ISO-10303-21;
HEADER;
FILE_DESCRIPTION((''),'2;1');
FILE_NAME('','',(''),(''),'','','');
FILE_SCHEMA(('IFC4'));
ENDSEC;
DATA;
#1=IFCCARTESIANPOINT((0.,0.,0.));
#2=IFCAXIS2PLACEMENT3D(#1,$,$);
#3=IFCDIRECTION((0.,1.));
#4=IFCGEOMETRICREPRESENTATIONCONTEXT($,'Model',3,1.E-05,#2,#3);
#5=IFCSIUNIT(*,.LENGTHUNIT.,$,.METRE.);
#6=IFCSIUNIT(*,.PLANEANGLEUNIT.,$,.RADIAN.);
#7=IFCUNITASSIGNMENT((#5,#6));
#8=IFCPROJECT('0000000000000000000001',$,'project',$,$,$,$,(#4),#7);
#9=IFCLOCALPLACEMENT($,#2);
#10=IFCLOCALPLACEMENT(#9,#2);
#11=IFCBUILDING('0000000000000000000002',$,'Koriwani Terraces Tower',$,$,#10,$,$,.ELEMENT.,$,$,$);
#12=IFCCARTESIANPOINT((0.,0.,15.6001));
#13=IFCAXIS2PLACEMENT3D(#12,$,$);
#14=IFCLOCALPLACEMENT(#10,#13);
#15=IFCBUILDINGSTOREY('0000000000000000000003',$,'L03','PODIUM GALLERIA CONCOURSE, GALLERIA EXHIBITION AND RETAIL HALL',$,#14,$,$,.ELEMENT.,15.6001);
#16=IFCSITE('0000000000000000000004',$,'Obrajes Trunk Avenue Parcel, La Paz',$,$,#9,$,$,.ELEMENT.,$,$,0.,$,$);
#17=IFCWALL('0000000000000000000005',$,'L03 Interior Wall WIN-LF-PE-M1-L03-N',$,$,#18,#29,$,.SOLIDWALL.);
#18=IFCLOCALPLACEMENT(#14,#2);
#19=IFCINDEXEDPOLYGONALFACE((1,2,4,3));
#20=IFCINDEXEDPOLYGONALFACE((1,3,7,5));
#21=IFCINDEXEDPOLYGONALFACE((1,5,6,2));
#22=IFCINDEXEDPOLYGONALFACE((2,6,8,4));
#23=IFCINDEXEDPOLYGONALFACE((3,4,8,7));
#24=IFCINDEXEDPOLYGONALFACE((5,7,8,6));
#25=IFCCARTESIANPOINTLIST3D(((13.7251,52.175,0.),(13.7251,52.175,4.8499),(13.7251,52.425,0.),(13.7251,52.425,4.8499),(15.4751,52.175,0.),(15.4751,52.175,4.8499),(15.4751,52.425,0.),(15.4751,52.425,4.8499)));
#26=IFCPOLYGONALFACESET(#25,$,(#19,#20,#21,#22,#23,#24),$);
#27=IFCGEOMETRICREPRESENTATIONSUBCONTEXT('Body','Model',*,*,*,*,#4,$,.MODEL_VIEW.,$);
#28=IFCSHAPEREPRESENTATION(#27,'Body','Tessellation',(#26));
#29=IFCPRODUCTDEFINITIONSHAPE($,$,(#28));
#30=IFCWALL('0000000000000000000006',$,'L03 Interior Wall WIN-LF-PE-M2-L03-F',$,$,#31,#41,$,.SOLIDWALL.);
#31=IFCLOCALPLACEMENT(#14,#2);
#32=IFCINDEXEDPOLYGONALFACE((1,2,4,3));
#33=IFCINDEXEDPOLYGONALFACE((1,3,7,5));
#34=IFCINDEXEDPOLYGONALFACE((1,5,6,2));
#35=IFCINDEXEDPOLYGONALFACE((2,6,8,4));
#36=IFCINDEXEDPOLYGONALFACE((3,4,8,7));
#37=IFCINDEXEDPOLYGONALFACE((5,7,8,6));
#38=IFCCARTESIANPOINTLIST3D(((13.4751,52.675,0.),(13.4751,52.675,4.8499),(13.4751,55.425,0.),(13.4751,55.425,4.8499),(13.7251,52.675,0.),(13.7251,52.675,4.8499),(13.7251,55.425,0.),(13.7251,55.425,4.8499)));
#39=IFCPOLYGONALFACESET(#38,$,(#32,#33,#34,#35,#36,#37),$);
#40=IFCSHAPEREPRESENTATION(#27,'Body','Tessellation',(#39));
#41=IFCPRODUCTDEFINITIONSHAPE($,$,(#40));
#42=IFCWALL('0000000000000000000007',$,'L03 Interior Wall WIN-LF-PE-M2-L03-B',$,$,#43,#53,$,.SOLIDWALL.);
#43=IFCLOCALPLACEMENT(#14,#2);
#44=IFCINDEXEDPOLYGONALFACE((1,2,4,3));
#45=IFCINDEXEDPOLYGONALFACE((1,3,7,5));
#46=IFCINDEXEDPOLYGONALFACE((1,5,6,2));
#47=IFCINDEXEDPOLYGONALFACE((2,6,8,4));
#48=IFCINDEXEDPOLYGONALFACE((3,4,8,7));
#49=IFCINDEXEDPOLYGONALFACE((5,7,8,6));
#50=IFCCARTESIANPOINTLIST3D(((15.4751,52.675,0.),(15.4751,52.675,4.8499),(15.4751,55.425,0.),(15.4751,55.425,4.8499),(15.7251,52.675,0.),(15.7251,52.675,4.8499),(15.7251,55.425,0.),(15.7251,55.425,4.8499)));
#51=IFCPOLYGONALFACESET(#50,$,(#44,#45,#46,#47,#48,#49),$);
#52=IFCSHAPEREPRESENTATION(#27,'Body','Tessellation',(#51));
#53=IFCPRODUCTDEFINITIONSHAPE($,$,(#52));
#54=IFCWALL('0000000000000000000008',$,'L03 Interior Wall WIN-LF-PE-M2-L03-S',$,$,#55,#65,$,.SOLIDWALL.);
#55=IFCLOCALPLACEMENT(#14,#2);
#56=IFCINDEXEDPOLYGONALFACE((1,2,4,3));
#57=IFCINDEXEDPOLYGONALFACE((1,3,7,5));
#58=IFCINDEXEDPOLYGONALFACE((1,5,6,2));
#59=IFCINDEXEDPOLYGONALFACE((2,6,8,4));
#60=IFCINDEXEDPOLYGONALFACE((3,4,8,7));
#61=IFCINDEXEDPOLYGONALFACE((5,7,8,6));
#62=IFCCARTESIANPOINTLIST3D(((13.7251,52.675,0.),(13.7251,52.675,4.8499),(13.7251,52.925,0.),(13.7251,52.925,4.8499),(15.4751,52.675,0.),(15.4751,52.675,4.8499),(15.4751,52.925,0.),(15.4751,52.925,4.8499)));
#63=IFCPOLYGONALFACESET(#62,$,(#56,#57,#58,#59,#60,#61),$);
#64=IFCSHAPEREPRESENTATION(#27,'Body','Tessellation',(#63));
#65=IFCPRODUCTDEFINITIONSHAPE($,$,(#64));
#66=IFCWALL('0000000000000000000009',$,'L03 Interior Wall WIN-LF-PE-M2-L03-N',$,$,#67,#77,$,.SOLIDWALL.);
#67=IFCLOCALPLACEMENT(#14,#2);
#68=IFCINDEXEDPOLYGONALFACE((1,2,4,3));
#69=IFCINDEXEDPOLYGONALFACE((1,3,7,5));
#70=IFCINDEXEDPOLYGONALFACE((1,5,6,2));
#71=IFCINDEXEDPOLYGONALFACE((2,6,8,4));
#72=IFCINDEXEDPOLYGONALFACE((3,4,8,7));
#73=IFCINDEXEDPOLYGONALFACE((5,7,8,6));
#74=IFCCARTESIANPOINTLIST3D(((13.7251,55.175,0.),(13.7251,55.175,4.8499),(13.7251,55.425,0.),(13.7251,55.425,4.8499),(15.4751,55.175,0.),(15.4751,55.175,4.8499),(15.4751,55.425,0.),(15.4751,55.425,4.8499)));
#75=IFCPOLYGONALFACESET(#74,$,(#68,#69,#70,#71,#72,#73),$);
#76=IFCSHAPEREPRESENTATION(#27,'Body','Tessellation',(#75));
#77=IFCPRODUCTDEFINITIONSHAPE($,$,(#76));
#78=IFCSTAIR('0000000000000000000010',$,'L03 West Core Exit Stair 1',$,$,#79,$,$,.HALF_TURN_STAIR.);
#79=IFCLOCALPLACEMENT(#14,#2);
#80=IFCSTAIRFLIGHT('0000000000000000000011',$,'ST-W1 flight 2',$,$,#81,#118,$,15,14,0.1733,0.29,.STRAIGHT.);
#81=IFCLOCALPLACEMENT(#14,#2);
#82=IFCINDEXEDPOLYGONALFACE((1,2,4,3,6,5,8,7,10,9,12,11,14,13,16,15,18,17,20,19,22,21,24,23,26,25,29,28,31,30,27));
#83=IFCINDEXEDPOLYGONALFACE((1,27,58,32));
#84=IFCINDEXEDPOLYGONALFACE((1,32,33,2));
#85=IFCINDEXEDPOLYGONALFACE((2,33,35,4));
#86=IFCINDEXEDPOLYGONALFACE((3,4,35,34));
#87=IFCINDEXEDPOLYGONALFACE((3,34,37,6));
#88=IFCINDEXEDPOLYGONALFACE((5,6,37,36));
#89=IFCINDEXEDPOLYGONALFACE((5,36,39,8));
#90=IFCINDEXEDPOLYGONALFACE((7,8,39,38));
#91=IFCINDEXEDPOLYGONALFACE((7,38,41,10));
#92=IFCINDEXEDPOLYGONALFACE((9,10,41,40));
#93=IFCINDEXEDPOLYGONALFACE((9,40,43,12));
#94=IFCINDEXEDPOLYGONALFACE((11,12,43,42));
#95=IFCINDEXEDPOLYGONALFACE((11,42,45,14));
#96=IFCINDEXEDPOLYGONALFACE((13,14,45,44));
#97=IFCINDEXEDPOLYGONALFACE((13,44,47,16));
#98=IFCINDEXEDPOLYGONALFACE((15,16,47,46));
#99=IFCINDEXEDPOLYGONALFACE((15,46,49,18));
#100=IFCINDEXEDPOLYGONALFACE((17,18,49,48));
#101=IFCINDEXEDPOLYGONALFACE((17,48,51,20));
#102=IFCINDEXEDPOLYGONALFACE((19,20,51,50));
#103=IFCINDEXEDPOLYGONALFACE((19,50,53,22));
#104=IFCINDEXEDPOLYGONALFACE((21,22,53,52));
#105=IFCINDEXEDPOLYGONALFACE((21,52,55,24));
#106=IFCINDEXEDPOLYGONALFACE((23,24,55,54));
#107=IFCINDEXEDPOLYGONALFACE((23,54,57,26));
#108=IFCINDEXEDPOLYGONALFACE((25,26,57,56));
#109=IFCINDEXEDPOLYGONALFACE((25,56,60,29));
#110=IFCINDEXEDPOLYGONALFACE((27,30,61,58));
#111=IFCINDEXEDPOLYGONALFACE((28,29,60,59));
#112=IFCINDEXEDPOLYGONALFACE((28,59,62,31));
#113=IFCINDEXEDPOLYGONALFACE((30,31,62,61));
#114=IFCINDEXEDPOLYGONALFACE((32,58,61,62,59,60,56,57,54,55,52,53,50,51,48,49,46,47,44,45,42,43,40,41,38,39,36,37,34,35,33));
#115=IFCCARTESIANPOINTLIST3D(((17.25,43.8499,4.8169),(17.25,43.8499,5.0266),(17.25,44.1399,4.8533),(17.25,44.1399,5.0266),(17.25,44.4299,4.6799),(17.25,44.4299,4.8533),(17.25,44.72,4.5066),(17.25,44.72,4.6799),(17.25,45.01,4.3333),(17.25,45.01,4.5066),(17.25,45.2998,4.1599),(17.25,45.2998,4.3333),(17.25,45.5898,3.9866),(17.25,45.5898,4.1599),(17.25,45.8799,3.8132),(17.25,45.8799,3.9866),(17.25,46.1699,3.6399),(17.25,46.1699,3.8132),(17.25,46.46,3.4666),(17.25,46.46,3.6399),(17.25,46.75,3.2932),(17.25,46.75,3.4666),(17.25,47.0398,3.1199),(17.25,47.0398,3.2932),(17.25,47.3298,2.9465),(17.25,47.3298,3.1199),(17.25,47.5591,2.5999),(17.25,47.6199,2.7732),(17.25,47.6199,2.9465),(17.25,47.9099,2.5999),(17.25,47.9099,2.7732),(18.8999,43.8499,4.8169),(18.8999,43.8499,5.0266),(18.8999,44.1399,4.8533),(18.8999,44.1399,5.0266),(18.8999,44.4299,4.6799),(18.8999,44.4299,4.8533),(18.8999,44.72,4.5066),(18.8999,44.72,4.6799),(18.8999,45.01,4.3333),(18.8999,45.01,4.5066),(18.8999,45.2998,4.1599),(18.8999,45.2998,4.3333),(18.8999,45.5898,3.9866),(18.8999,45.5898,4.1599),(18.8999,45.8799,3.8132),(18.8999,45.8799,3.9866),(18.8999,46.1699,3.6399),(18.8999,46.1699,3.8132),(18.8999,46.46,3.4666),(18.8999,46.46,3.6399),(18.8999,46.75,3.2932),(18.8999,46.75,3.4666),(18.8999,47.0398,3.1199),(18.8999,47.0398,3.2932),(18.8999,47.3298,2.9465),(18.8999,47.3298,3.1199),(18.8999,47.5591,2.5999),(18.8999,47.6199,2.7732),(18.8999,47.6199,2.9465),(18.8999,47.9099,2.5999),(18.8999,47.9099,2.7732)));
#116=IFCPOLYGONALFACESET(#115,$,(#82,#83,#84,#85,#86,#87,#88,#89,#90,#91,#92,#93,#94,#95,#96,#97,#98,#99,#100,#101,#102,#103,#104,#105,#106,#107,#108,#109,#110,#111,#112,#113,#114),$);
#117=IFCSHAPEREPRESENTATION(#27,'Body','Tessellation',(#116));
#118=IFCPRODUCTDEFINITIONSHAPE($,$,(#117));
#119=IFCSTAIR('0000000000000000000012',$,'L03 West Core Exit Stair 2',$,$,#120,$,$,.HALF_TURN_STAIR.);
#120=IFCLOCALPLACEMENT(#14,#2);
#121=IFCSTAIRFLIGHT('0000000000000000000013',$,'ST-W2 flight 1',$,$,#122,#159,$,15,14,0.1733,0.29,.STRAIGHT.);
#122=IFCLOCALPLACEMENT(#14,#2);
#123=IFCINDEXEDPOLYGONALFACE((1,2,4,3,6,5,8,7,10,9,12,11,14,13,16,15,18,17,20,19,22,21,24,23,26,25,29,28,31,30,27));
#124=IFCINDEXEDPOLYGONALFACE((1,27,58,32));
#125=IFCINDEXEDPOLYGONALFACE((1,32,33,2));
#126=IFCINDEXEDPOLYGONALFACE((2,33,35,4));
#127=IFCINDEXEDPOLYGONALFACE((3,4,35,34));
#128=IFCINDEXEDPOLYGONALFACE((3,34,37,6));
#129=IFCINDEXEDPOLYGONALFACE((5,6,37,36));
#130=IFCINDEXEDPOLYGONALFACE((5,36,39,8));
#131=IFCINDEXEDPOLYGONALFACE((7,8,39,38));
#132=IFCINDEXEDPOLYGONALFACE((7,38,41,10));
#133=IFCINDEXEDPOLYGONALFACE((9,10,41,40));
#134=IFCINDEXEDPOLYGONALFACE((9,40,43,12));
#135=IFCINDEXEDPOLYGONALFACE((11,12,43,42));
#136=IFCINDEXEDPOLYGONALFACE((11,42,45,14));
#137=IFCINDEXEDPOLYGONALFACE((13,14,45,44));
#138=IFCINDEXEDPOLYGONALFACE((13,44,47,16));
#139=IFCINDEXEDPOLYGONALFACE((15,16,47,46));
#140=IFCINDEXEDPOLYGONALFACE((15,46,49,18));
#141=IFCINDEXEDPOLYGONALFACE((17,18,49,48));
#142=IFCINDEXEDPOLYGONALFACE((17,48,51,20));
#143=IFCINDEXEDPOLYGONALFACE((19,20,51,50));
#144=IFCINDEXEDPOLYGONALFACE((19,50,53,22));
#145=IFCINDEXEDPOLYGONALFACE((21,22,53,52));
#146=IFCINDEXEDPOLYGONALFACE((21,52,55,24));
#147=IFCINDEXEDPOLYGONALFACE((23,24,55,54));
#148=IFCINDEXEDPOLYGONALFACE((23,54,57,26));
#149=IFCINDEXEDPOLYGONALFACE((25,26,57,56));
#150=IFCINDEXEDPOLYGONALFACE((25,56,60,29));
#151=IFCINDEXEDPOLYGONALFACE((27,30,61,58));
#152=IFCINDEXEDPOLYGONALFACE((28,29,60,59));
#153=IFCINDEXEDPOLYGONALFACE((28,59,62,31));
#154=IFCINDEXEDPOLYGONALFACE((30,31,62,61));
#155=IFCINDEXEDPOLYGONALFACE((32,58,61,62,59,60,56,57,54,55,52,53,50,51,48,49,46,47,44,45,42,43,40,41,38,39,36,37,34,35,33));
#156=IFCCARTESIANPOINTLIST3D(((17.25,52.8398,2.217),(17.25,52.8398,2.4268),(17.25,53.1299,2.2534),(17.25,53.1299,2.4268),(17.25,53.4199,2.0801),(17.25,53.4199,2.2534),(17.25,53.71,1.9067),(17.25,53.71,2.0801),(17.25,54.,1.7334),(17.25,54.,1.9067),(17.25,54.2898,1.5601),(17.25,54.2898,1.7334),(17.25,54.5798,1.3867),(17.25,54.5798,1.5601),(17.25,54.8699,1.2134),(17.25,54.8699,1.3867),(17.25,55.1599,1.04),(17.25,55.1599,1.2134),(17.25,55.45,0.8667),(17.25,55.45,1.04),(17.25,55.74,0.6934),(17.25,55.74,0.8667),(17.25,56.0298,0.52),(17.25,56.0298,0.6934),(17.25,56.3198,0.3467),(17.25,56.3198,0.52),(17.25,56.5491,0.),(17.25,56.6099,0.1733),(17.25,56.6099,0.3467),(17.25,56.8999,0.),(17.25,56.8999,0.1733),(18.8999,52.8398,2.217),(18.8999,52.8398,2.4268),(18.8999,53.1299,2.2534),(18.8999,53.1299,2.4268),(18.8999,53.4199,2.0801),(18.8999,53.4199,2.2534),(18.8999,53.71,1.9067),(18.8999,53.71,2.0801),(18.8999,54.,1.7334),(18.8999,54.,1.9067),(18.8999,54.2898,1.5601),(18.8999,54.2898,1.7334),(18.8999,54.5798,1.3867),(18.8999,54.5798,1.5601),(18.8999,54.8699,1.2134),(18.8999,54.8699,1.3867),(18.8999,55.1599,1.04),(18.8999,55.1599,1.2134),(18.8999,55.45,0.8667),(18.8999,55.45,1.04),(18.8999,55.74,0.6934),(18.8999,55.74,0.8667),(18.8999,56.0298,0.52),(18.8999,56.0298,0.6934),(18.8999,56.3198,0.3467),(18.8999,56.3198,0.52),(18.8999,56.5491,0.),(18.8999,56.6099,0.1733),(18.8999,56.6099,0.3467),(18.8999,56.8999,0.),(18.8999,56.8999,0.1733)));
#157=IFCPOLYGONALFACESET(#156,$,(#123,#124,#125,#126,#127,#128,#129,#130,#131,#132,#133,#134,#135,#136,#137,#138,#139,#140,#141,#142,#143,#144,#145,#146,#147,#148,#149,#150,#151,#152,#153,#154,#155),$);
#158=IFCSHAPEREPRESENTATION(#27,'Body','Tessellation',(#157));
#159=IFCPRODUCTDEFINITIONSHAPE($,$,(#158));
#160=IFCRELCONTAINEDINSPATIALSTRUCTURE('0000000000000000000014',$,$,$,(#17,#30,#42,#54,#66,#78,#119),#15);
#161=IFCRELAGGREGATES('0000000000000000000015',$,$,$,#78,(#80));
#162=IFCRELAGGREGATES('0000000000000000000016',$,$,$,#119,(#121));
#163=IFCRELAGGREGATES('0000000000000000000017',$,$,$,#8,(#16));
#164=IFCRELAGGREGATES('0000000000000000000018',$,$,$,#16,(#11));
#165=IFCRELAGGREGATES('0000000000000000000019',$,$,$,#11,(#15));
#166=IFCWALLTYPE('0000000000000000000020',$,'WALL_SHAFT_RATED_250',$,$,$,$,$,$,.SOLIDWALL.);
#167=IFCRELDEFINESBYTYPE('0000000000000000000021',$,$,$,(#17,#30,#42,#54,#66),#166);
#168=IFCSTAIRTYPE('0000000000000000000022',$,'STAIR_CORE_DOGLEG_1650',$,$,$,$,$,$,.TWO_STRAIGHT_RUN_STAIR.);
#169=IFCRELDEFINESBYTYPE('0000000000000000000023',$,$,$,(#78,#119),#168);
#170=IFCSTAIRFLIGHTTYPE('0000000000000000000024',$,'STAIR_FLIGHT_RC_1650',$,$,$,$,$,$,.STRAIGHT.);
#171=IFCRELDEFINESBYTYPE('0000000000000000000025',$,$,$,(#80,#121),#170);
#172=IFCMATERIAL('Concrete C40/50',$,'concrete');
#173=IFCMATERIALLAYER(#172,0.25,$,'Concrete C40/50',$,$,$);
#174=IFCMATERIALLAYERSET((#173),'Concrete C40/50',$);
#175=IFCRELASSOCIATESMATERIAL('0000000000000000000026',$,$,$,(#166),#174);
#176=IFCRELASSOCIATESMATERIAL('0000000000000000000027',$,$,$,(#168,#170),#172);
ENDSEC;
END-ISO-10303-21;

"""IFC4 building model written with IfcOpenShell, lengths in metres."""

from ifc_helpers import new_model, si_unit, direction, frame, frame_2d, origin, place, context, subcontext, project, spatial, polyline, rectangle, outline, extrude, material, layer, layer_set, type_object, element, aggregate, save


model = new_model("IFC4")

# Units and contexts
model_context = context("Model", 3, precision=1e-05, world=origin(), true_north=direction((0.0, 1.0)))
body_context = subcontext(model_context, "Body", "Model", "MODEL_VIEW")
ifc_project = project(units=[si_unit("LENGTHUNIT", "METRE"), si_unit("PLANEANGLEUNIT", "RADIAN")], contexts=[model_context])

# Site, building, storey
site_placement = place(None, origin())
site = spatial("IfcSite", under=ifc_project, at=site_placement, Name="Obrajes Trunk Avenue Parcel, La Paz", CompositionType="ELEMENT", RefElevation=0.0)
building_placement = place(site_placement, origin())
building = spatial("IfcBuilding", under=site, at=building_placement, Name="Koriwani Terraces Tower", CompositionType="ELEMENT")
storey_placement = place(building_placement, frame((0.0, 0.0, 15.6001)))
storey = spatial("IfcBuildingStorey", under=building, at=storey_placement, Name="L03", Description="PODIUM GALLERIA CONCOURSE, GALLERIA EXHIBITION AND RETAIL HALL", CompositionType="ELEMENT", Elevation=15.6001)

# Shared definitions
ifc_material_1 = material(Name="Concrete C40/50", Category="concrete")

# Shared definitions
ifc_layer_1 = layer(ifc_material_1, 0.25, Name="Concrete C40/50")
ifc_layer_set_1 = layer_set([ifc_layer_1], Name="Concrete C40/50")
wall_type = type_object("IfcWallType", Name="WALL_SHAFT_RATED_250", PredefinedType="SOLIDWALL", material=ifc_layer_set_1)

# Walls
for number, where, z_axis, x_axis, name in (
    (1, (13.7251, 52.3, 0.0), (0.0, 0.0, 1.0), (1.0, 0.0, 0.0), "L03 Interior Wall WIN-LF-PE-M1-L03-N"),
):
    element("IfcWall", number, at=place(storey_placement, frame(where, z_axis=z_axis, x_axis=x_axis)), inside=storey, type_object=wall_type, Name=name, PredefinedType="SOLIDWALL", context=body_context, shape_type="SweptSolid", body=[
        extrude(rectangle(XDim=1.75, YDim=0.25, at=frame_2d((0.875, 0.0))), origin(), (0.0, 0.0, 1.0), 4.8499),
    ])
for number, where, z_axis, x_axis, name in (
    (2, (13.6001, 52.675, 0.0), (0.0, 0.0, 1.0), (0.0, 1.0, 0.0), "L03 Interior Wall WIN-LF-PE-M2-L03-F"),
    (3, (15.6001, 52.675, 0.0), (0.0, 0.0, 1.0), (0.0, 1.0, 0.0), "L03 Interior Wall WIN-LF-PE-M2-L03-B"),
):
    element("IfcWall", number, at=place(storey_placement, frame(where, z_axis=z_axis, x_axis=x_axis)), inside=storey, type_object=wall_type, Name=name, PredefinedType="SOLIDWALL", context=body_context, shape_type="SweptSolid", body=[
        extrude(rectangle(XDim=2.75, YDim=0.25, at=frame_2d((1.375, 0.0))), origin(), (0.0, 0.0, 1.0), 4.8499),
    ])
for number, where, z_axis, x_axis, name in (
    (4, (13.7251, 52.8, 0.0), (0.0, 0.0, 1.0), (1.0, 0.0, 0.0), "L03 Interior Wall WIN-LF-PE-M2-L03-S"),
    (5, (13.7251, 55.3, 0.0), (0.0, 0.0, 1.0), (1.0, 0.0, 0.0), "L03 Interior Wall WIN-LF-PE-M2-L03-N"),
):
    element("IfcWall", number, at=place(storey_placement, frame(where, z_axis=z_axis, x_axis=x_axis)), inside=storey, type_object=wall_type, Name=name, PredefinedType="SOLIDWALL", context=body_context, shape_type="SweptSolid", body=[
        extrude(rectangle(XDim=1.75, YDim=0.25, at=frame_2d((0.875, 0.0))), origin(), (0.0, 0.0, 1.0), 4.8499),
    ])

# Stairs, stair flights
stair_type = type_object("IfcStairType", Name="STAIR_CORE_DOGLEG_1650", PredefinedType="TWO_STRAIGHT_RUN_STAIR", material=ifc_material_1)
stair_1_placement = place(storey_placement, origin())
stair_1 = element("IfcStair", 6, at=stair_1_placement, inside=storey, type_object=stair_type, Name="L03 West Core Exit Stair 1", PredefinedType="HALF_TURN_STAIR")
stair_flight_type = type_object("IfcStairFlightType", Name="STAIR_FLIGHT_RC_1650", PredefinedType="STRAIGHT", material=ifc_material_1)
stair_flight_1_placement = place(storey_placement, frame((18.075, 47.9099, 2.5999), z_axis=(0.0, 0.0, 1.0), x_axis=(0.0, -1.0, 0.0)))
stair_flight_1 = element("IfcStairFlight", 7, at=stair_flight_1_placement, type_object=stair_flight_type, Name="ST-W1 flight 2", NumberOfRisers=15, NumberOfTreads=14, PredefinedType="STRAIGHT", RiserHeight=0.1733, TreadLength=0.29, context=body_context, shape_type="SweptSolid", body=[
    extrude(outline(polyline([(0.0, 0.0), (0.0, 0.1733), (0.29, 0.1733), (0.29, 0.3467), (0.5801, 0.3467), (0.5801, 0.52), (0.8701, 0.52), (0.8701, 0.6934), (1.1599, 0.6934), (1.1599, 0.8667), (1.45, 0.8667), (1.45, 1.04), (1.74, 1.04), (1.74, 1.2134), (2.03, 1.2134), (2.03, 1.3867), (2.3201, 1.3867), (2.3201, 1.5601), (2.6101, 1.5601), (2.6101, 1.7334), (2.8999, 1.7334), (2.8999, 1.9067), (3.1899, 1.9067), (3.1899, 2.0801), (3.48, 2.0801), (3.48, 2.2534), (3.77, 2.2534), (3.77, 2.4268), (4.0601, 2.4268), (4.0601, 2.6001), (4.0601, 2.217), (0.3508, 0.0), (0.0, 0.0)])), frame((0.0, 0.825, 0.0), z_axis=(0.0, -1.0, 0.0), x_axis=(1.0, 0.0, 0.0)), (0.0, 0.0, 1.0), 1.6499),
])
aggregate(stair_1, [stair_flight_1])
stair_2_placement = place(storey_placement, origin())
stair_2 = element("IfcStair", 8, at=stair_2_placement, inside=storey, type_object=stair_type, Name="L03 West Core Exit Stair 2", PredefinedType="HALF_TURN_STAIR")
stair_flight_2_placement = place(storey_placement, frame((18.075, 56.8999, 0.0), z_axis=(0.0, 0.0, 1.0), x_axis=(0.0, -1.0, 0.0)))
stair_flight_2 = element("IfcStairFlight", 9, at=stair_flight_2_placement, type_object=stair_flight_type, Name="ST-W2 flight 1", NumberOfRisers=15, NumberOfTreads=14, PredefinedType="STRAIGHT", RiserHeight=0.1733, TreadLength=0.29, context=body_context, shape_type="SweptSolid", body=[
    extrude(outline(polyline([(0.0, 0.0), (0.0, 0.1733), (0.29, 0.1733), (0.29, 0.3467), (0.5801, 0.3467), (0.5801, 0.52), (0.8701, 0.52), (0.8701, 0.6934), (1.1599, 0.6934), (1.1599, 0.8667), (1.45, 0.8667), (1.45, 1.04), (1.74, 1.04), (1.74, 1.2134), (2.03, 1.2134), (2.03, 1.3867), (2.3201, 1.3867), (2.3201, 1.5601), (2.6101, 1.5601), (2.6101, 1.7334), (2.8999, 1.7334), (2.8999, 1.9067), (3.1899, 1.9067), (3.1899, 2.0801), (3.48, 2.0801), (3.48, 2.2534), (3.77, 2.2534), (3.77, 2.4268), (4.0601, 2.4268), (4.0601, 2.6001), (4.0601, 2.217), (0.3508, 0.0), (0.0, 0.0)])), frame((0.0, 0.825, 0.0), z_axis=(0.0, -1.0, 0.0), x_axis=(1.0, 0.0, 0.0)), (0.0, 0.0, 1.0), 1.6499),
])
aggregate(stair_2, [stair_flight_2])

save(model, "model.ifc")
